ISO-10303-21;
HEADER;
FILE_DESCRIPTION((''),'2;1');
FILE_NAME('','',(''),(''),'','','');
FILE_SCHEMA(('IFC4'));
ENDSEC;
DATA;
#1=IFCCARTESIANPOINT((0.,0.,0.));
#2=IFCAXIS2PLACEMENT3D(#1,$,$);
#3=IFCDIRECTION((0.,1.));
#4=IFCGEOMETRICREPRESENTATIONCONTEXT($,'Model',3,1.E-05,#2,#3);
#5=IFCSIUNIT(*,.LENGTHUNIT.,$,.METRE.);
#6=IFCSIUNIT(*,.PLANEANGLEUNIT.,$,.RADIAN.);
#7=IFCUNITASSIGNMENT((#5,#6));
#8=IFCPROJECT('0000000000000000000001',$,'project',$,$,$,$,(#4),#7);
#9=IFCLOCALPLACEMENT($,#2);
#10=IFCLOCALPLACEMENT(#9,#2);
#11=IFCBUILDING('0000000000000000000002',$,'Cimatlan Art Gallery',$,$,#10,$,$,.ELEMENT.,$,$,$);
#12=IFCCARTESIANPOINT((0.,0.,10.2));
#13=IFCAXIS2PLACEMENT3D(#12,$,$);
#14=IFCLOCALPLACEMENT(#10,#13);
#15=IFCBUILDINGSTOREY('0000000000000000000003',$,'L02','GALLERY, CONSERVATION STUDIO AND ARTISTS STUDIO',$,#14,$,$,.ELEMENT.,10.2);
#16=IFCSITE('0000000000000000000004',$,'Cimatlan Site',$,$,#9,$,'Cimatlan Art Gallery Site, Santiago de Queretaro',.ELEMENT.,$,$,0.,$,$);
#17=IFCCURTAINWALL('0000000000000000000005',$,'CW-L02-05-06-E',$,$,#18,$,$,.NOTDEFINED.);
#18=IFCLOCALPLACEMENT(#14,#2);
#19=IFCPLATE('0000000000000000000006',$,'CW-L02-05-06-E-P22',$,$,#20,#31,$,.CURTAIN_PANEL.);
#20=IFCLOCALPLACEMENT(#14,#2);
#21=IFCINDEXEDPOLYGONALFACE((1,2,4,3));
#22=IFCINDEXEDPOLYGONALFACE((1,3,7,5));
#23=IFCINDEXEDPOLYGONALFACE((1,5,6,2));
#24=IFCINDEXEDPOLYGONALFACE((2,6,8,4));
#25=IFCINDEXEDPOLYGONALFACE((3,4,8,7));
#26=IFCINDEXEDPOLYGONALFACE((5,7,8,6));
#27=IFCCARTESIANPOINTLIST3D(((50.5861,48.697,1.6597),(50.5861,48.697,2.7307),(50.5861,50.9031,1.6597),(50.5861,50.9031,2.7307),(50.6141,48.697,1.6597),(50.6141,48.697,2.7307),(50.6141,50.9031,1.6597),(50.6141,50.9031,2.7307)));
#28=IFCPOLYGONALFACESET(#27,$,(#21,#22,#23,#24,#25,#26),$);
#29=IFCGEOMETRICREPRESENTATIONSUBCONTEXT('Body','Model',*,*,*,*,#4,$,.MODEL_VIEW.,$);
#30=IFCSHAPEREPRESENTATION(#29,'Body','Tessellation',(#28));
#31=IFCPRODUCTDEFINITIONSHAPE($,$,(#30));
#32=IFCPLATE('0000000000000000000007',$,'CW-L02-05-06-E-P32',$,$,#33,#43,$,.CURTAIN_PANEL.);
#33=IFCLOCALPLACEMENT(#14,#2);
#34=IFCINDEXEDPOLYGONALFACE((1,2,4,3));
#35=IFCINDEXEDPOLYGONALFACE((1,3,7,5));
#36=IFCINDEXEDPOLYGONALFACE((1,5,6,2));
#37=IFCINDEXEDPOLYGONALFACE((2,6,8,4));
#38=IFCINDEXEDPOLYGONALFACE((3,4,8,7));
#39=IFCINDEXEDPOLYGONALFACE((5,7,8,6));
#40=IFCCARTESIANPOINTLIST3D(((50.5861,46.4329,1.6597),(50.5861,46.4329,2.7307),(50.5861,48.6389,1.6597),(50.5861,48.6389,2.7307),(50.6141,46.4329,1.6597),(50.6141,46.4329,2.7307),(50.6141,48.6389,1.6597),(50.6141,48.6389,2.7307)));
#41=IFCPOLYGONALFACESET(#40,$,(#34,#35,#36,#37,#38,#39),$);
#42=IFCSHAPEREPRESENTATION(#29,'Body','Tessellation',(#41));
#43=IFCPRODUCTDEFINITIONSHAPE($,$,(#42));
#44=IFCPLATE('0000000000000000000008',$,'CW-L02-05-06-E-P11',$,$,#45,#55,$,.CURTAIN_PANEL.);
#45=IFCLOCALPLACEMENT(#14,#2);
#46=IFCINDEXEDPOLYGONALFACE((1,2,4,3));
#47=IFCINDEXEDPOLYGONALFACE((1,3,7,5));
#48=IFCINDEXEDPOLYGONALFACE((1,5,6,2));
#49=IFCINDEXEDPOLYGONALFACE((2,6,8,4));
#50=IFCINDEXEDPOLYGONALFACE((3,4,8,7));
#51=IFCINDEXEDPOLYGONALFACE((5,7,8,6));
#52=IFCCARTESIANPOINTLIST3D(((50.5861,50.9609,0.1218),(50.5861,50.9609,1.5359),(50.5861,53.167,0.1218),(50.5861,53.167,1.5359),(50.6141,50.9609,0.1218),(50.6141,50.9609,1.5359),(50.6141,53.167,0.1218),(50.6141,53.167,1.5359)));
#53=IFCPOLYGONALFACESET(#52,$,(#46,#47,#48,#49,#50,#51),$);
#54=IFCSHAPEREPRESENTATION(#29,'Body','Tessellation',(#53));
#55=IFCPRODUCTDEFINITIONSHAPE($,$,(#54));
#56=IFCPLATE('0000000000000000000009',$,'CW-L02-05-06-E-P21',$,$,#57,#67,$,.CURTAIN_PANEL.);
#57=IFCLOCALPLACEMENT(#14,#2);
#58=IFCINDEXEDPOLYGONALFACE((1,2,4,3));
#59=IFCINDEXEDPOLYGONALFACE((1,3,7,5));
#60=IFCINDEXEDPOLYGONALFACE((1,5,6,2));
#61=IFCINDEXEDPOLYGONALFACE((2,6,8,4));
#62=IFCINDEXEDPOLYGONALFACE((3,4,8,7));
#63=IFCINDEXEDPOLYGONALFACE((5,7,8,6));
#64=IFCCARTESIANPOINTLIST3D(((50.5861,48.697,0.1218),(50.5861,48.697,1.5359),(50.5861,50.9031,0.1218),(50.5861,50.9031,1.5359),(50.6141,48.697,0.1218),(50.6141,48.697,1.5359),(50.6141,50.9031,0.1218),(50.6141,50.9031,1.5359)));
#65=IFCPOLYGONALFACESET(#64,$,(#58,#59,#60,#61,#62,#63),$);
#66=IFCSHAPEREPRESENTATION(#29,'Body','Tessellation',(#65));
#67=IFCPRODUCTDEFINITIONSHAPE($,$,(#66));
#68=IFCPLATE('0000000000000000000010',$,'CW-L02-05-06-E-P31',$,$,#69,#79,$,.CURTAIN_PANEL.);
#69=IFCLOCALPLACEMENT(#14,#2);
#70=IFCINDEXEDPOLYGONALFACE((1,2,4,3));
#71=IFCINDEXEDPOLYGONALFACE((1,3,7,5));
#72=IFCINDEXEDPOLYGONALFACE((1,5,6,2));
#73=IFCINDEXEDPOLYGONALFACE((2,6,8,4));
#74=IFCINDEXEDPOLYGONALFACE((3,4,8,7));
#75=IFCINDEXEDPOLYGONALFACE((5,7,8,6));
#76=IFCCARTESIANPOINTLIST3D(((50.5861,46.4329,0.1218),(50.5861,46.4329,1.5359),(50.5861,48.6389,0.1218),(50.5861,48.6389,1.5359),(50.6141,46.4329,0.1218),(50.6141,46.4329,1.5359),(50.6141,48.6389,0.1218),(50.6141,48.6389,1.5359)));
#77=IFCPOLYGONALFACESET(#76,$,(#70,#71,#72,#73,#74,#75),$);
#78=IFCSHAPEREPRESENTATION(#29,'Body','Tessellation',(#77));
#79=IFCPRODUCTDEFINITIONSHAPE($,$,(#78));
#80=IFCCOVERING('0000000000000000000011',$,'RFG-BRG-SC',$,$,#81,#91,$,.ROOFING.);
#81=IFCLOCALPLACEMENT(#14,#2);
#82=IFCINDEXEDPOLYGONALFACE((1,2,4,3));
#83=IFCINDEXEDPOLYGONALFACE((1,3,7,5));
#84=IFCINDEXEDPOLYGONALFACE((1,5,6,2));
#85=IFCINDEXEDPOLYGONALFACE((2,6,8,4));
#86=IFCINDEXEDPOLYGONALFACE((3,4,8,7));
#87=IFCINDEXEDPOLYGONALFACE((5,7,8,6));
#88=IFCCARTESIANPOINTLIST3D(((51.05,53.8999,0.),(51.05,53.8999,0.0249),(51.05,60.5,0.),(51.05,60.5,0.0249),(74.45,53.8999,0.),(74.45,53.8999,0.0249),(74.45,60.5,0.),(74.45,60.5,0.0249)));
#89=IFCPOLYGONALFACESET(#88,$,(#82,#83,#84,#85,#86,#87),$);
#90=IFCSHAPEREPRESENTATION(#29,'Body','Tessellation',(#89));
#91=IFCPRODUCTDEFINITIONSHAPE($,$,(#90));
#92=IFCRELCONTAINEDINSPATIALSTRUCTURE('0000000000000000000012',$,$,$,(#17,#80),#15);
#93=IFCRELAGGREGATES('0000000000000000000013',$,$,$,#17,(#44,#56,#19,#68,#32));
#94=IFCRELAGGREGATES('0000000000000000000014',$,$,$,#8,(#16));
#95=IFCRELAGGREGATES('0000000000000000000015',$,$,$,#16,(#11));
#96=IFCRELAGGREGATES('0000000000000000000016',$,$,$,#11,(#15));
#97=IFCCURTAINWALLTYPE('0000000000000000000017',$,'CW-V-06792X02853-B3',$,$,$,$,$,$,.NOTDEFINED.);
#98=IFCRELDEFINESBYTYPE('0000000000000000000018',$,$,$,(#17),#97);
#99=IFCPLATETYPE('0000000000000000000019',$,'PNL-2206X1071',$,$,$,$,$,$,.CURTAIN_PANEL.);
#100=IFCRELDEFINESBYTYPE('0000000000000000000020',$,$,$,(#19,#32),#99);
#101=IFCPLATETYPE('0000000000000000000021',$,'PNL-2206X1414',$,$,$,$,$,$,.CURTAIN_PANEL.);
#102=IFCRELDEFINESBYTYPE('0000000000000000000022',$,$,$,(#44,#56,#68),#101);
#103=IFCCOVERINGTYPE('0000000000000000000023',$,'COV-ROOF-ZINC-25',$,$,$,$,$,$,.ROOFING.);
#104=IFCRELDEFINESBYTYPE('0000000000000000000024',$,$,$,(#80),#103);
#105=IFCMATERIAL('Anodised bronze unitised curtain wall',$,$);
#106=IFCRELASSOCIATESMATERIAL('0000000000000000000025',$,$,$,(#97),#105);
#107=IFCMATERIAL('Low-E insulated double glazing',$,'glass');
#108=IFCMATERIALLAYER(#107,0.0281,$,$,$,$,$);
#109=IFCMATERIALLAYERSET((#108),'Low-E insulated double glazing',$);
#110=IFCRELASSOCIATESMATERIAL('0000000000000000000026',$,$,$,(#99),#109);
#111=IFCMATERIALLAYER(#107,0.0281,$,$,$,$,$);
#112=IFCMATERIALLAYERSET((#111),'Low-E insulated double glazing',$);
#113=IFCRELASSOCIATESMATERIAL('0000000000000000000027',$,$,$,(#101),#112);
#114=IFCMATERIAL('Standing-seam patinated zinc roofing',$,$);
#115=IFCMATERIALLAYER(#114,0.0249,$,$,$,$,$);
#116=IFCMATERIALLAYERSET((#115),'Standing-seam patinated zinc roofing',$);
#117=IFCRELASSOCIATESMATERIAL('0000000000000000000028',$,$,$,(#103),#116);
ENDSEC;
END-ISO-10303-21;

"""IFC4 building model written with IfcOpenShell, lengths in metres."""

from ifc_helpers import new_model, si_unit, direction, frame, origin, origin_2d, place, context, subcontext, project, spatial, rectangle, extrude, material, layer, layer_set, type_object, element, aggregate, save


model = new_model("IFC4")

# Units and contexts
model_context = context("Model", 3, precision=1e-05, world=origin(), true_north=direction((0.0, 1.0)))
body_context = subcontext(model_context, "Body", "Model", "MODEL_VIEW")
ifc_project = project(units=[si_unit("LENGTHUNIT", "METRE"), si_unit("PLANEANGLEUNIT", "RADIAN")], contexts=[model_context])

# Site, building, storey
site_placement = place(None, origin())
site = spatial("IfcSite", under=ifc_project, at=site_placement, Name="Cimatlan Site", LongName="Cimatlan Art Gallery Site, Santiago de Queretaro", CompositionType="ELEMENT", RefElevation=0.0)
building_placement = place(site_placement, origin())
building = spatial("IfcBuilding", under=site, at=building_placement, Name="Cimatlan Art Gallery", CompositionType="ELEMENT")
storey_placement = place(building_placement, frame((0.0, 0.0, 10.2)))
storey = spatial("IfcBuildingStorey", under=building, at=storey_placement, Name="L02", Description="GALLERY, CONSERVATION STUDIO AND ARTISTS STUDIO", CompositionType="ELEMENT", Elevation=10.2)

# Curtain wall
ifc_material_1 = material(Name="Anodised bronze unitised curtain wall")
curtain_wall_type_1 = type_object("IfcCurtainWallType", Name="CW-V-06792X02853-B3", PredefinedType="NOTDEFINED", material=ifc_material_1)
curtain_wall_1_placement = place(storey_placement, origin())
curtain_wall_1 = element("IfcCurtainWall", 1, at=curtain_wall_1_placement, inside=storey, type_object=curtain_wall_type_1, Name="CW-L02-05-06-E", PredefinedType="NOTDEFINED")

# Plates
ifc_material_2 = material(Name="Low-E insulated double glazing", Category="glass")
ifc_layer_1 = layer(ifc_material_2, 0.0281)
ifc_layer_set_1 = layer_set([ifc_layer_1], Name="Low-E insulated double glazing")
plate_type_1 = type_object("IfcPlateType", Name="PNL-2206X1071", PredefinedType="CURTAIN_PANEL", material=ifc_layer_set_1)
plate_1_placement = place(storey_placement, frame((50.6001, 49.8, 1.6597), z_axis=(0.0, 0.0, 1.0), x_axis=(0.0, -1.0, 0.0)))
plate_1 = element("IfcPlate", 2, at=plate_1_placement, type_object=plate_type_1, Name="CW-L02-05-06-E-P22", PredefinedType="CURTAIN_PANEL", context=body_context, shape_type="SweptSolid", body=[
    extrude(rectangle(XDim=2.2061, YDim=0.0281, at=origin_2d()), origin(), (0.0, 0.0, 1.0), 1.071),
])
plate_2_placement = place(storey_placement, frame((50.6001, 47.5359, 1.6597), z_axis=(0.0, 0.0, 1.0), x_axis=(0.0, -1.0, 0.0)))
plate_2 = element("IfcPlate", 3, at=plate_2_placement, type_object=plate_type_1, Name="CW-L02-05-06-E-P32", PredefinedType="CURTAIN_PANEL", context=body_context, shape_type="SweptSolid", body=[
    extrude(rectangle(XDim=2.2061, YDim=0.0281, at=origin_2d()), origin(), (0.0, 0.0, 1.0), 1.071),
])
ifc_layer_2 = layer(ifc_material_2, 0.0281)
ifc_layer_set_2 = layer_set([ifc_layer_2], Name="Low-E insulated double glazing")
plate_type_2 = type_object("IfcPlateType", Name="PNL-2206X1414", PredefinedType="CURTAIN_PANEL", material=ifc_layer_set_2)
plate_3_placement = place(storey_placement, frame((50.6001, 52.064, 0.1218), z_axis=(0.0, 0.0, 1.0), x_axis=(0.0, -1.0, 0.0)))
plate_3 = element("IfcPlate", 4, at=plate_3_placement, type_object=plate_type_2, Name="CW-L02-05-06-E-P11", PredefinedType="CURTAIN_PANEL", context=body_context, shape_type="SweptSolid", body=[
    extrude(rectangle(XDim=2.2061, YDim=0.0281, at=origin_2d()), origin(), (0.0, 0.0, 1.0), 1.4141),
])
plate_4_placement = place(storey_placement, frame((50.6001, 49.8, 0.1218), z_axis=(0.0, 0.0, 1.0), x_axis=(0.0, -1.0, 0.0)))
plate_4 = element("IfcPlate", 5, at=plate_4_placement, type_object=plate_type_2, Name="CW-L02-05-06-E-P21", PredefinedType="CURTAIN_PANEL", context=body_context, shape_type="SweptSolid", body=[
    extrude(rectangle(XDim=2.2061, YDim=0.0281, at=origin_2d()), origin(), (0.0, 0.0, 1.0), 1.4141),
])
plate_5_placement = place(storey_placement, frame((50.6001, 47.5359, 0.1218), z_axis=(0.0, 0.0, 1.0), x_axis=(0.0, -1.0, 0.0)))
plate_5 = element("IfcPlate", 6, at=plate_5_placement, type_object=plate_type_2, Name="CW-L02-05-06-E-P31", PredefinedType="CURTAIN_PANEL", context=body_context, shape_type="SweptSolid", body=[
    extrude(rectangle(XDim=2.2061, YDim=0.0281, at=origin_2d()), origin(), (0.0, 0.0, 1.0), 1.4141),
])
aggregate(curtain_wall_1, [plate_3, plate_4, plate_1, plate_5, plate_2])

# Covering
ifc_material_3 = material(Name="Standing-seam patinated zinc roofing")
ifc_layer_3 = layer(ifc_material_3, 0.0249)
ifc_layer_set_3 = layer_set([ifc_layer_3], Name="Standing-seam patinated zinc roofing")
covering_type = type_object("IfcCoveringType", Name="COV-ROOF-ZINC-25", PredefinedType="ROOFING", material=ifc_layer_set_3)
covering_placement = place(storey_placement, frame((62.75, 57.2, 0.0), z_axis=(0.0, 0.0, 1.0), x_axis=(1.0, 0.0, 0.0)))
element("IfcCovering", 7, at=covering_placement, inside=storey, type_object=covering_type, Name="RFG-BRG-SC", PredefinedType="ROOFING", context=body_context, shape_type="SweptSolid", body=[
    extrude(rectangle(XDim=23.3999, YDim=6.6001, at=origin_2d()), origin(), (0.0, 0.0, 1.0), 0.0249),
])

save(model, "model.ifc")
